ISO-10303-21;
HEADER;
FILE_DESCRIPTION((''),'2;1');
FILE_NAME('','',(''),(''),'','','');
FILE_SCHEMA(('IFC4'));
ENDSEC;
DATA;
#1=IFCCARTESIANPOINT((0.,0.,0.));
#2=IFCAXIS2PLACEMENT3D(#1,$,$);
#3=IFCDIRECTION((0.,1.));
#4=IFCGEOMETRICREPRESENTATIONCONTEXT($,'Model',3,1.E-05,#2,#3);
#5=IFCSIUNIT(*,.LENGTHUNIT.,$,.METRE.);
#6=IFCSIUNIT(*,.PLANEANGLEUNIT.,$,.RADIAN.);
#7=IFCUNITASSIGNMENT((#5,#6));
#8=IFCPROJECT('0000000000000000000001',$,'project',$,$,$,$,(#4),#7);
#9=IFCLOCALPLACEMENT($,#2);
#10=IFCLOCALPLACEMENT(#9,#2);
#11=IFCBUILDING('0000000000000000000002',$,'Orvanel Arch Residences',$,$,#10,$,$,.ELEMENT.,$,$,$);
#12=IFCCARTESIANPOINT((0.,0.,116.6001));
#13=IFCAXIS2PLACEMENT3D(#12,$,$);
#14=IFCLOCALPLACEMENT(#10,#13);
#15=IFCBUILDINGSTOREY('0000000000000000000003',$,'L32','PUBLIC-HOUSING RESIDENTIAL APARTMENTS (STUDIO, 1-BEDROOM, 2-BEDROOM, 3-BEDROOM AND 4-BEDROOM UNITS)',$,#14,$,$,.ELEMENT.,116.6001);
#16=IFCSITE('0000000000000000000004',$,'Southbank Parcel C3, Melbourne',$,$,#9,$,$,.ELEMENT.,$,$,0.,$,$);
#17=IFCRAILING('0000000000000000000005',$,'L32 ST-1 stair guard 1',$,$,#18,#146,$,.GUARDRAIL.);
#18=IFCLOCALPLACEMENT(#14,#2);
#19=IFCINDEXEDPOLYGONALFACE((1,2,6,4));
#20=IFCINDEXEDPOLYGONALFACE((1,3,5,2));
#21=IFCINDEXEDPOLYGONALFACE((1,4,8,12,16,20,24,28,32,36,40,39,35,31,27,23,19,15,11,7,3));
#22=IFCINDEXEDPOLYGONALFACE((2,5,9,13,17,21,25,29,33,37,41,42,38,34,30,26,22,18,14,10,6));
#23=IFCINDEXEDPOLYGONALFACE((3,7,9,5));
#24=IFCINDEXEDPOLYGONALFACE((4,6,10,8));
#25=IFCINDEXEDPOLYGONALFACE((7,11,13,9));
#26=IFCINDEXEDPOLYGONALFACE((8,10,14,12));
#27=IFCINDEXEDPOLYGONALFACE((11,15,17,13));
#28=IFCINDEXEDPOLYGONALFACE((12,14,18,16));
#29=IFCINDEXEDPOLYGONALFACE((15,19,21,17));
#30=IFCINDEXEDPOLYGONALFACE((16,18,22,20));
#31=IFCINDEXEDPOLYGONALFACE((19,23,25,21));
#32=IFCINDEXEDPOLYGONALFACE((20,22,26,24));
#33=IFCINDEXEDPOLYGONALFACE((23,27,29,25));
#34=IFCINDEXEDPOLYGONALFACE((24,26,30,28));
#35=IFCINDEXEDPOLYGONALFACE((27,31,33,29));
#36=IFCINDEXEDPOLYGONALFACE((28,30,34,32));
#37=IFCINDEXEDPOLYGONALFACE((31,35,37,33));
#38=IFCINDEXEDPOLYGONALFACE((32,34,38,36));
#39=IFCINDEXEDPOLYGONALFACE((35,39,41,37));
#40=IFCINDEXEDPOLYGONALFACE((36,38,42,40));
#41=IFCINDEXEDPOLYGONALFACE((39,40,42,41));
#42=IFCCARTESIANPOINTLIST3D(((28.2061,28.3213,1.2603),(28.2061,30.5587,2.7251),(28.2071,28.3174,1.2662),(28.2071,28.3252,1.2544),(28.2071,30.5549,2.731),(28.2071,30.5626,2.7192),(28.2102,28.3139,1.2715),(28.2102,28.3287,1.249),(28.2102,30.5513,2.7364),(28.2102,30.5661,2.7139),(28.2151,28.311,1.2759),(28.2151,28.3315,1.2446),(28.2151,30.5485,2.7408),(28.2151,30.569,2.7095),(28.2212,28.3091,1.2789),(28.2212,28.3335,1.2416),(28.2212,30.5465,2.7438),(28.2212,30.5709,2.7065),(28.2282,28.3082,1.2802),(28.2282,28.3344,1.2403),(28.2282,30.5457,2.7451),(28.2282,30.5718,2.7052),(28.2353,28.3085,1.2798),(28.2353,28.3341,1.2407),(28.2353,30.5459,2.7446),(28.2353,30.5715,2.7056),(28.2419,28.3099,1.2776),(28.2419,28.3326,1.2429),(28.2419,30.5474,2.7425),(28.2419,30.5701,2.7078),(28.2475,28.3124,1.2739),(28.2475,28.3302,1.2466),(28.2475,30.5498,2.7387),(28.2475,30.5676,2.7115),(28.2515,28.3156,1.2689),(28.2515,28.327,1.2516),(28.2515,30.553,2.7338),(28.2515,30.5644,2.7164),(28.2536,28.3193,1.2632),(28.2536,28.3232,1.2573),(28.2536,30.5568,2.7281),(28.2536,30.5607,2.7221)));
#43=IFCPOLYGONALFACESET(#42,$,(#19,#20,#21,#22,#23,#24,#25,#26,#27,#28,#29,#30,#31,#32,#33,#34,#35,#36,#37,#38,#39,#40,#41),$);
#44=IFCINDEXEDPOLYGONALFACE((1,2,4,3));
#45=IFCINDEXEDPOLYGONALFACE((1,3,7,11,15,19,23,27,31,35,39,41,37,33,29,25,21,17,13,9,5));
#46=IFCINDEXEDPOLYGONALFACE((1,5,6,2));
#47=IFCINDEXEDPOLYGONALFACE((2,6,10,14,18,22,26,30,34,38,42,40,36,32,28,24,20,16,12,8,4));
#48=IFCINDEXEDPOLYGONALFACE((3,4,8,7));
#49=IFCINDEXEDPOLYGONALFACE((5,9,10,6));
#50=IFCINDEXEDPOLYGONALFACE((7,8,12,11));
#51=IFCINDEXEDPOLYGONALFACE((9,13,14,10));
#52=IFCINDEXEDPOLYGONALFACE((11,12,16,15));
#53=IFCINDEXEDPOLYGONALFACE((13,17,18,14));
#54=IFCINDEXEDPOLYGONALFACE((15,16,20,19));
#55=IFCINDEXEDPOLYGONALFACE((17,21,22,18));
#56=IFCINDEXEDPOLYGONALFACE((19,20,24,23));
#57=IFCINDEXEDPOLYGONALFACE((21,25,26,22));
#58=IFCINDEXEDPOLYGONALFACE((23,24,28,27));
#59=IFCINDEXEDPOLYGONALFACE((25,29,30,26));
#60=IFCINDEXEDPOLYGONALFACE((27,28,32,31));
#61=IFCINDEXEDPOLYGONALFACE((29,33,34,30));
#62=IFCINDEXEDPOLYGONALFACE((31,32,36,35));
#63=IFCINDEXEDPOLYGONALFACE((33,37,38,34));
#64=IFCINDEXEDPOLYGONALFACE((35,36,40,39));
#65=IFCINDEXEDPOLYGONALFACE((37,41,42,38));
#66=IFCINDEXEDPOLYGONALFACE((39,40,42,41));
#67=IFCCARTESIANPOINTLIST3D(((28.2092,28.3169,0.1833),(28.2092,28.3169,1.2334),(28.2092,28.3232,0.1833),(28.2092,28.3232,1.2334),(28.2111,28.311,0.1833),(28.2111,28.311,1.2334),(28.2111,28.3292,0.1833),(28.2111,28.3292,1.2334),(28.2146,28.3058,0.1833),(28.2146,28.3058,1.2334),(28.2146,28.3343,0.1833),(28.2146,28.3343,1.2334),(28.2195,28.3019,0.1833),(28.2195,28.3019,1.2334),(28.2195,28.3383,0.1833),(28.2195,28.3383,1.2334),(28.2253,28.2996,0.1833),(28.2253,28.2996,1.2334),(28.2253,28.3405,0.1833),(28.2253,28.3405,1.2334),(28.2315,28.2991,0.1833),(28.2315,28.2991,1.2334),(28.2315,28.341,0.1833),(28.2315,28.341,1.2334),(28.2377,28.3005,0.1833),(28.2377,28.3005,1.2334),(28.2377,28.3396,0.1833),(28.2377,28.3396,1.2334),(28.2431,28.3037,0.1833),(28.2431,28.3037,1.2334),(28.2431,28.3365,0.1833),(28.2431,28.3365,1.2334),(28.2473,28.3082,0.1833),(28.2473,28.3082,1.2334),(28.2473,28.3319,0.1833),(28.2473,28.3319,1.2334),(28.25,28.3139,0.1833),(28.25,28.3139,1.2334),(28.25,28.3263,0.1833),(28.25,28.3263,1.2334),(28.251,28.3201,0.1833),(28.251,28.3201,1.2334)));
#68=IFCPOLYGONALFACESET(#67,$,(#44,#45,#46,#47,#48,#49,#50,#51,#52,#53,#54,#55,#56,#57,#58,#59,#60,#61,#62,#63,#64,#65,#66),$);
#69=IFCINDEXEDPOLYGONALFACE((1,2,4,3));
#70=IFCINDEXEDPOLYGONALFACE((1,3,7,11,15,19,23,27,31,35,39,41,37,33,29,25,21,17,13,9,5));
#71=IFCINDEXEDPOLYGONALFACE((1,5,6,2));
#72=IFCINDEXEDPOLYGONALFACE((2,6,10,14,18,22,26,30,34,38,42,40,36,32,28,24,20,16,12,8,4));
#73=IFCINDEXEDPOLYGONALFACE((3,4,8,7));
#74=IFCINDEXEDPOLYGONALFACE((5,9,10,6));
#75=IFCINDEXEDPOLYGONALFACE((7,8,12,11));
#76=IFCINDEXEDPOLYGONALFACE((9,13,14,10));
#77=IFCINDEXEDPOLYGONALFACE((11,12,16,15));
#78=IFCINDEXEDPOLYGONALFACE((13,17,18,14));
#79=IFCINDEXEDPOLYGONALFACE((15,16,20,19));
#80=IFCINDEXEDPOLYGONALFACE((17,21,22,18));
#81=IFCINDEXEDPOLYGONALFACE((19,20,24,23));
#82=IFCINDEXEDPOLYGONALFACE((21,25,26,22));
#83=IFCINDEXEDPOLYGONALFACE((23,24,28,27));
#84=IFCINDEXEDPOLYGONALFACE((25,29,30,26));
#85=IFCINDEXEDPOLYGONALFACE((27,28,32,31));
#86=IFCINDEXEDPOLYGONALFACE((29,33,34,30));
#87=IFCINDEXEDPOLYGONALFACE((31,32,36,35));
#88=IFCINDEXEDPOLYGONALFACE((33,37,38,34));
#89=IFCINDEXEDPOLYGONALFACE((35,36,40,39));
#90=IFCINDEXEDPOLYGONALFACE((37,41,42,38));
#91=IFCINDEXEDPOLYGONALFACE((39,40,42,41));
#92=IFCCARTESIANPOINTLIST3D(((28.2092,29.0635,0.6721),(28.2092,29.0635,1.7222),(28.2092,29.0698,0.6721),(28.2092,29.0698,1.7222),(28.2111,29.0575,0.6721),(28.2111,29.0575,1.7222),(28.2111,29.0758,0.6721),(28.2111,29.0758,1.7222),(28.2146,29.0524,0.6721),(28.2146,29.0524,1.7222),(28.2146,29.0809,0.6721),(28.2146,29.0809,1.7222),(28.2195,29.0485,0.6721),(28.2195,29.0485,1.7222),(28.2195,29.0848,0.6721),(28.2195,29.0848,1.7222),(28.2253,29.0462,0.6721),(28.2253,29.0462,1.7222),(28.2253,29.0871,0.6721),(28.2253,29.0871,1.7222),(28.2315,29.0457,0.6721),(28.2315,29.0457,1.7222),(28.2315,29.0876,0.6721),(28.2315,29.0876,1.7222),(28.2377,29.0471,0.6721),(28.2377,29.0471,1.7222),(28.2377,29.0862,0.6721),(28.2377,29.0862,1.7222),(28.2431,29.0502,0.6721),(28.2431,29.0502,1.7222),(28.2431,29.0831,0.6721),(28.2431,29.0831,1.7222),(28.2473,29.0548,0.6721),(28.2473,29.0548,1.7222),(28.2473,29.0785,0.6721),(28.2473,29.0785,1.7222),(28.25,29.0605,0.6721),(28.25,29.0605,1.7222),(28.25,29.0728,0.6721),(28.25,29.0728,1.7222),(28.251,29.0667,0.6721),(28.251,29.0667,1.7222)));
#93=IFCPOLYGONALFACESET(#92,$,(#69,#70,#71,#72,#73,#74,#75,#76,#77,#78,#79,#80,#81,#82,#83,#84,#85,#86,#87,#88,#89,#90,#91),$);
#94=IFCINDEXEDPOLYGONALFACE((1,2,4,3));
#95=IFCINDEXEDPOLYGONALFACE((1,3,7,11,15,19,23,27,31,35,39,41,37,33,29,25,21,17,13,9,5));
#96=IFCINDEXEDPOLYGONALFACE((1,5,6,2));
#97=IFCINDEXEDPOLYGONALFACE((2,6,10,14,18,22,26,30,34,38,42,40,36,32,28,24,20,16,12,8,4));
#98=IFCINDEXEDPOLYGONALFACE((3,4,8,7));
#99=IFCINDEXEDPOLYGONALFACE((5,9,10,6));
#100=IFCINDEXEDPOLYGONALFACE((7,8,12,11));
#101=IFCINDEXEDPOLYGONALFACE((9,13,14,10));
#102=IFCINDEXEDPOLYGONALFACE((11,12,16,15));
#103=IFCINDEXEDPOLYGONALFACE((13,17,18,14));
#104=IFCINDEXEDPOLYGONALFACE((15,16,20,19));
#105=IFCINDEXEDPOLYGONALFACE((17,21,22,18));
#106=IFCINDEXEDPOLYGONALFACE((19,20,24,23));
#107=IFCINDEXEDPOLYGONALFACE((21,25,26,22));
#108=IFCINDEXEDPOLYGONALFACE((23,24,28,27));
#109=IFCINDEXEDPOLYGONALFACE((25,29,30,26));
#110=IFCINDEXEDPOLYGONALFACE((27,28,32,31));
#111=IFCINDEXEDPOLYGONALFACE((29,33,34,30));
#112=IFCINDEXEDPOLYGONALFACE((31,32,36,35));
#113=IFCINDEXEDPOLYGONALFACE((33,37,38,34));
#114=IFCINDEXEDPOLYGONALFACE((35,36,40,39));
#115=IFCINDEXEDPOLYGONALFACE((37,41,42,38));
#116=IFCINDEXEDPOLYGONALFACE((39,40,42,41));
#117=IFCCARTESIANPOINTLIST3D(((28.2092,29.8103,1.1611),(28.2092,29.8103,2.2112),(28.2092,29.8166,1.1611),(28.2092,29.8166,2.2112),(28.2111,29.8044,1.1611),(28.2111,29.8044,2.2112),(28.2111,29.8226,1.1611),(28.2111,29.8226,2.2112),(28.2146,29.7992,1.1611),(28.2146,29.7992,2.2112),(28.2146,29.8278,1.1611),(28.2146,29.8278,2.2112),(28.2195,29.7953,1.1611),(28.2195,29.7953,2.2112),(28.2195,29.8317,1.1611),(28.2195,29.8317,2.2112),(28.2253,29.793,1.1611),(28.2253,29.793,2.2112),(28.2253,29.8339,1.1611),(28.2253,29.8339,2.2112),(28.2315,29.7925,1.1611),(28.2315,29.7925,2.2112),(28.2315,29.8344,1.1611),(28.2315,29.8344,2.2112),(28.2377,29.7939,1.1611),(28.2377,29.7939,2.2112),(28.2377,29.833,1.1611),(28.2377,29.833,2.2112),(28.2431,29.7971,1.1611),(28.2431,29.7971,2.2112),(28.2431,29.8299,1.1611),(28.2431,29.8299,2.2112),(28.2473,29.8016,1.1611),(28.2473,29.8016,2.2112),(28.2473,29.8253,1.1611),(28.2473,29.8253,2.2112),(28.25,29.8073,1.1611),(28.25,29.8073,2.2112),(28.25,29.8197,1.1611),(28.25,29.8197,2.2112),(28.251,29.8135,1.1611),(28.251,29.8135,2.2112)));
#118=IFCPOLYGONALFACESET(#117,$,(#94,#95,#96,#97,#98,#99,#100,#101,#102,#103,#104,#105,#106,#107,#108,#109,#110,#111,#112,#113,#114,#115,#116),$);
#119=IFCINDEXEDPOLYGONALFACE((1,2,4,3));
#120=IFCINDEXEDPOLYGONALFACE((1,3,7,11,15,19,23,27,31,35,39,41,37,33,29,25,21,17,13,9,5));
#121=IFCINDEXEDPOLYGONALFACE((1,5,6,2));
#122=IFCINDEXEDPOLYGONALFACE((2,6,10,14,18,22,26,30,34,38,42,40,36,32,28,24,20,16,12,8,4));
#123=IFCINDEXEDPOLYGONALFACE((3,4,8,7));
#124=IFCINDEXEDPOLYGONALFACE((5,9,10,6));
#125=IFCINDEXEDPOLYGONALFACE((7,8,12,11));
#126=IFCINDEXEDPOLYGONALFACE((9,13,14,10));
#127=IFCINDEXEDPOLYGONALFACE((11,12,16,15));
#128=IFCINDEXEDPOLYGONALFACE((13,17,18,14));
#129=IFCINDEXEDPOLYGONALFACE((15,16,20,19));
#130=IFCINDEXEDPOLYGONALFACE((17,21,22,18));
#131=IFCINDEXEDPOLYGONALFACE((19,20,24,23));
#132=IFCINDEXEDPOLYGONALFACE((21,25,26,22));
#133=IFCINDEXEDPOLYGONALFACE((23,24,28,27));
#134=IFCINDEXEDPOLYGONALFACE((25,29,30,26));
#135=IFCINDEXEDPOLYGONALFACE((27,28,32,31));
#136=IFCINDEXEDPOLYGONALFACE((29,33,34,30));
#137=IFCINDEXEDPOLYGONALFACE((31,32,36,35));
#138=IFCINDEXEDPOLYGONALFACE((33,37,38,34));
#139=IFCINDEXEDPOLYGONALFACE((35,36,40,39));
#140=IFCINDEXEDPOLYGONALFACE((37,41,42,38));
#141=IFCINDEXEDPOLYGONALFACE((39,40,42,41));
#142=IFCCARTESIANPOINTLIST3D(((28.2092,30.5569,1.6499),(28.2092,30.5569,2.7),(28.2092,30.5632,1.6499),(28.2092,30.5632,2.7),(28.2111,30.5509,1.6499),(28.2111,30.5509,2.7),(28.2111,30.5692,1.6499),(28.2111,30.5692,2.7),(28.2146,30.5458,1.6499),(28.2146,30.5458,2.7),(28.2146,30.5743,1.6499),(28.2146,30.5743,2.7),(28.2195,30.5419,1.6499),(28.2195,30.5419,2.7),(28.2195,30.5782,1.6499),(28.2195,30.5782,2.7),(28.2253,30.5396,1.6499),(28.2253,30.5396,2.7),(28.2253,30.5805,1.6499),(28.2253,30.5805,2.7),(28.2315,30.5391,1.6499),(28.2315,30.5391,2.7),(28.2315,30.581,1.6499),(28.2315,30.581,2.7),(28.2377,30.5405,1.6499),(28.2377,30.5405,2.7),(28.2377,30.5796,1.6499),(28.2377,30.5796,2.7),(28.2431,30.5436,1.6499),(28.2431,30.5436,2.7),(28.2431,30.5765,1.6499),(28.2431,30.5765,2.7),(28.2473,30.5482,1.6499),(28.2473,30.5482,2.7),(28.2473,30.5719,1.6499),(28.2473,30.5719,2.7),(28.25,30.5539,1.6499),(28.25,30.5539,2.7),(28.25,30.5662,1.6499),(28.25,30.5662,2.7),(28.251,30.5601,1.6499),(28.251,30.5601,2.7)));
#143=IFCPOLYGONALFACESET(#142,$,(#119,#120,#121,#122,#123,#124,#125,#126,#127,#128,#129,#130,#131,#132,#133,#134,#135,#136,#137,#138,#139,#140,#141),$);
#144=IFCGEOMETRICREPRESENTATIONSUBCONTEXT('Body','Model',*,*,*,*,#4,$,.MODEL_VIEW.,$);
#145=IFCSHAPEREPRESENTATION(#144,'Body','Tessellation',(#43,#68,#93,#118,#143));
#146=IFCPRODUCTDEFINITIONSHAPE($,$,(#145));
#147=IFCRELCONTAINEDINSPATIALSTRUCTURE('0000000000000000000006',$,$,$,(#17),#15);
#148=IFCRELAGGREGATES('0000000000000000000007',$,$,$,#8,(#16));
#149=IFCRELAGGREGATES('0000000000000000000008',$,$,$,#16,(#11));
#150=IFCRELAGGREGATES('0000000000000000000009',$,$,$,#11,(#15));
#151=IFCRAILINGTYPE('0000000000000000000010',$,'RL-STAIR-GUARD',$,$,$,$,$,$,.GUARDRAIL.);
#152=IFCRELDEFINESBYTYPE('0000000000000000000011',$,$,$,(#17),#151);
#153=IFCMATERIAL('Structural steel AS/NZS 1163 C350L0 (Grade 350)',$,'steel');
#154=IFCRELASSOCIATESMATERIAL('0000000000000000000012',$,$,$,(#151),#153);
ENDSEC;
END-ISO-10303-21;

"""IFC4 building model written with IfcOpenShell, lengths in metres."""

from ifc_helpers import new_model, si_unit, direction, frame, origin, origin_2d, place, context, subcontext, project, spatial, circle, extrude, material, type_object, element, save


model = new_model("IFC4")

# Units and contexts
model_context = context("Model", 3, precision=1e-05, world=origin(), true_north=direction((0.0, 1.0)))
body_context = subcontext(model_context, "Body", "Model", "MODEL_VIEW")
ifc_project = project(units=[si_unit("LENGTHUNIT", "METRE"), si_unit("PLANEANGLEUNIT", "RADIAN")], contexts=[model_context])

# Site, building, storey
site_placement = place(None, origin())
site = spatial("IfcSite", under=ifc_project, at=site_placement, Name="Southbank Parcel C3, Melbourne", CompositionType="ELEMENT", RefElevation=0.0)
building_placement = place(site_placement, origin())
building = spatial("IfcBuilding", under=site, at=building_placement, Name="Orvanel Arch Residences", CompositionType="ELEMENT")
storey_placement = place(building_placement, frame((0.0, 0.0, 116.6001)))
storey = spatial("IfcBuildingStorey", under=building, at=storey_placement, Name="L32", Description="PUBLIC-HOUSING RESIDENTIAL APARTMENTS (STUDIO, 1-BEDROOM, 2-BEDROOM, 3-BEDROOM AND 4-BEDROOM UNITS)", CompositionType="ELEMENT", Elevation=116.6001)

# Railing
ifc_material_1 = material(Name="Structural steel AS/NZS 1163 C350L0 (Grade 350)", Category="steel")
railing_type_1 = type_object("IfcRailingType", Name="RL-STAIR-GUARD", PredefinedType="GUARDRAIL", material=ifc_material_1)
railing_1_placement = place(storey_placement, frame((28.23, 28.3201, 0.1833)))
element("IfcRailing", 1, at=railing_1_placement, inside=storey, type_object=railing_type_1, Name="L32 ST-1 stair guard 1", PredefinedType="GUARDRAIL", context=body_context, shape_type="SweptSolid", body=[
    extrude(circle(Radius=0.0239, at=origin_2d()), frame((0.0, 0.0012, 1.0769), z_axis=(0.0, 0.836637, 0.547758), x_axis=(-1.0, 0.0, 0.0)), (0.0, 0.0, 1.0), 2.6743),
    extrude(circle(Radius=0.021, at=origin_2d()), origin(), (0.0, 0.0, 1.0), 1.05),
    extrude(circle(Radius=0.021, at=origin_2d()), frame((0.0, 0.7466, 0.4888)), (0.0, 0.0, 1.0), 1.05),
    extrude(circle(Radius=0.021, at=origin_2d()), frame((0.0, 1.4934, 0.9778)), (0.0, 0.0, 1.0), 1.05),
    extrude(circle(Radius=0.021, at=origin_2d()), frame((0.0, 2.24, 1.4666)), (0.0, 0.0, 1.0), 1.05),
])

save(model, "model.ifc")
